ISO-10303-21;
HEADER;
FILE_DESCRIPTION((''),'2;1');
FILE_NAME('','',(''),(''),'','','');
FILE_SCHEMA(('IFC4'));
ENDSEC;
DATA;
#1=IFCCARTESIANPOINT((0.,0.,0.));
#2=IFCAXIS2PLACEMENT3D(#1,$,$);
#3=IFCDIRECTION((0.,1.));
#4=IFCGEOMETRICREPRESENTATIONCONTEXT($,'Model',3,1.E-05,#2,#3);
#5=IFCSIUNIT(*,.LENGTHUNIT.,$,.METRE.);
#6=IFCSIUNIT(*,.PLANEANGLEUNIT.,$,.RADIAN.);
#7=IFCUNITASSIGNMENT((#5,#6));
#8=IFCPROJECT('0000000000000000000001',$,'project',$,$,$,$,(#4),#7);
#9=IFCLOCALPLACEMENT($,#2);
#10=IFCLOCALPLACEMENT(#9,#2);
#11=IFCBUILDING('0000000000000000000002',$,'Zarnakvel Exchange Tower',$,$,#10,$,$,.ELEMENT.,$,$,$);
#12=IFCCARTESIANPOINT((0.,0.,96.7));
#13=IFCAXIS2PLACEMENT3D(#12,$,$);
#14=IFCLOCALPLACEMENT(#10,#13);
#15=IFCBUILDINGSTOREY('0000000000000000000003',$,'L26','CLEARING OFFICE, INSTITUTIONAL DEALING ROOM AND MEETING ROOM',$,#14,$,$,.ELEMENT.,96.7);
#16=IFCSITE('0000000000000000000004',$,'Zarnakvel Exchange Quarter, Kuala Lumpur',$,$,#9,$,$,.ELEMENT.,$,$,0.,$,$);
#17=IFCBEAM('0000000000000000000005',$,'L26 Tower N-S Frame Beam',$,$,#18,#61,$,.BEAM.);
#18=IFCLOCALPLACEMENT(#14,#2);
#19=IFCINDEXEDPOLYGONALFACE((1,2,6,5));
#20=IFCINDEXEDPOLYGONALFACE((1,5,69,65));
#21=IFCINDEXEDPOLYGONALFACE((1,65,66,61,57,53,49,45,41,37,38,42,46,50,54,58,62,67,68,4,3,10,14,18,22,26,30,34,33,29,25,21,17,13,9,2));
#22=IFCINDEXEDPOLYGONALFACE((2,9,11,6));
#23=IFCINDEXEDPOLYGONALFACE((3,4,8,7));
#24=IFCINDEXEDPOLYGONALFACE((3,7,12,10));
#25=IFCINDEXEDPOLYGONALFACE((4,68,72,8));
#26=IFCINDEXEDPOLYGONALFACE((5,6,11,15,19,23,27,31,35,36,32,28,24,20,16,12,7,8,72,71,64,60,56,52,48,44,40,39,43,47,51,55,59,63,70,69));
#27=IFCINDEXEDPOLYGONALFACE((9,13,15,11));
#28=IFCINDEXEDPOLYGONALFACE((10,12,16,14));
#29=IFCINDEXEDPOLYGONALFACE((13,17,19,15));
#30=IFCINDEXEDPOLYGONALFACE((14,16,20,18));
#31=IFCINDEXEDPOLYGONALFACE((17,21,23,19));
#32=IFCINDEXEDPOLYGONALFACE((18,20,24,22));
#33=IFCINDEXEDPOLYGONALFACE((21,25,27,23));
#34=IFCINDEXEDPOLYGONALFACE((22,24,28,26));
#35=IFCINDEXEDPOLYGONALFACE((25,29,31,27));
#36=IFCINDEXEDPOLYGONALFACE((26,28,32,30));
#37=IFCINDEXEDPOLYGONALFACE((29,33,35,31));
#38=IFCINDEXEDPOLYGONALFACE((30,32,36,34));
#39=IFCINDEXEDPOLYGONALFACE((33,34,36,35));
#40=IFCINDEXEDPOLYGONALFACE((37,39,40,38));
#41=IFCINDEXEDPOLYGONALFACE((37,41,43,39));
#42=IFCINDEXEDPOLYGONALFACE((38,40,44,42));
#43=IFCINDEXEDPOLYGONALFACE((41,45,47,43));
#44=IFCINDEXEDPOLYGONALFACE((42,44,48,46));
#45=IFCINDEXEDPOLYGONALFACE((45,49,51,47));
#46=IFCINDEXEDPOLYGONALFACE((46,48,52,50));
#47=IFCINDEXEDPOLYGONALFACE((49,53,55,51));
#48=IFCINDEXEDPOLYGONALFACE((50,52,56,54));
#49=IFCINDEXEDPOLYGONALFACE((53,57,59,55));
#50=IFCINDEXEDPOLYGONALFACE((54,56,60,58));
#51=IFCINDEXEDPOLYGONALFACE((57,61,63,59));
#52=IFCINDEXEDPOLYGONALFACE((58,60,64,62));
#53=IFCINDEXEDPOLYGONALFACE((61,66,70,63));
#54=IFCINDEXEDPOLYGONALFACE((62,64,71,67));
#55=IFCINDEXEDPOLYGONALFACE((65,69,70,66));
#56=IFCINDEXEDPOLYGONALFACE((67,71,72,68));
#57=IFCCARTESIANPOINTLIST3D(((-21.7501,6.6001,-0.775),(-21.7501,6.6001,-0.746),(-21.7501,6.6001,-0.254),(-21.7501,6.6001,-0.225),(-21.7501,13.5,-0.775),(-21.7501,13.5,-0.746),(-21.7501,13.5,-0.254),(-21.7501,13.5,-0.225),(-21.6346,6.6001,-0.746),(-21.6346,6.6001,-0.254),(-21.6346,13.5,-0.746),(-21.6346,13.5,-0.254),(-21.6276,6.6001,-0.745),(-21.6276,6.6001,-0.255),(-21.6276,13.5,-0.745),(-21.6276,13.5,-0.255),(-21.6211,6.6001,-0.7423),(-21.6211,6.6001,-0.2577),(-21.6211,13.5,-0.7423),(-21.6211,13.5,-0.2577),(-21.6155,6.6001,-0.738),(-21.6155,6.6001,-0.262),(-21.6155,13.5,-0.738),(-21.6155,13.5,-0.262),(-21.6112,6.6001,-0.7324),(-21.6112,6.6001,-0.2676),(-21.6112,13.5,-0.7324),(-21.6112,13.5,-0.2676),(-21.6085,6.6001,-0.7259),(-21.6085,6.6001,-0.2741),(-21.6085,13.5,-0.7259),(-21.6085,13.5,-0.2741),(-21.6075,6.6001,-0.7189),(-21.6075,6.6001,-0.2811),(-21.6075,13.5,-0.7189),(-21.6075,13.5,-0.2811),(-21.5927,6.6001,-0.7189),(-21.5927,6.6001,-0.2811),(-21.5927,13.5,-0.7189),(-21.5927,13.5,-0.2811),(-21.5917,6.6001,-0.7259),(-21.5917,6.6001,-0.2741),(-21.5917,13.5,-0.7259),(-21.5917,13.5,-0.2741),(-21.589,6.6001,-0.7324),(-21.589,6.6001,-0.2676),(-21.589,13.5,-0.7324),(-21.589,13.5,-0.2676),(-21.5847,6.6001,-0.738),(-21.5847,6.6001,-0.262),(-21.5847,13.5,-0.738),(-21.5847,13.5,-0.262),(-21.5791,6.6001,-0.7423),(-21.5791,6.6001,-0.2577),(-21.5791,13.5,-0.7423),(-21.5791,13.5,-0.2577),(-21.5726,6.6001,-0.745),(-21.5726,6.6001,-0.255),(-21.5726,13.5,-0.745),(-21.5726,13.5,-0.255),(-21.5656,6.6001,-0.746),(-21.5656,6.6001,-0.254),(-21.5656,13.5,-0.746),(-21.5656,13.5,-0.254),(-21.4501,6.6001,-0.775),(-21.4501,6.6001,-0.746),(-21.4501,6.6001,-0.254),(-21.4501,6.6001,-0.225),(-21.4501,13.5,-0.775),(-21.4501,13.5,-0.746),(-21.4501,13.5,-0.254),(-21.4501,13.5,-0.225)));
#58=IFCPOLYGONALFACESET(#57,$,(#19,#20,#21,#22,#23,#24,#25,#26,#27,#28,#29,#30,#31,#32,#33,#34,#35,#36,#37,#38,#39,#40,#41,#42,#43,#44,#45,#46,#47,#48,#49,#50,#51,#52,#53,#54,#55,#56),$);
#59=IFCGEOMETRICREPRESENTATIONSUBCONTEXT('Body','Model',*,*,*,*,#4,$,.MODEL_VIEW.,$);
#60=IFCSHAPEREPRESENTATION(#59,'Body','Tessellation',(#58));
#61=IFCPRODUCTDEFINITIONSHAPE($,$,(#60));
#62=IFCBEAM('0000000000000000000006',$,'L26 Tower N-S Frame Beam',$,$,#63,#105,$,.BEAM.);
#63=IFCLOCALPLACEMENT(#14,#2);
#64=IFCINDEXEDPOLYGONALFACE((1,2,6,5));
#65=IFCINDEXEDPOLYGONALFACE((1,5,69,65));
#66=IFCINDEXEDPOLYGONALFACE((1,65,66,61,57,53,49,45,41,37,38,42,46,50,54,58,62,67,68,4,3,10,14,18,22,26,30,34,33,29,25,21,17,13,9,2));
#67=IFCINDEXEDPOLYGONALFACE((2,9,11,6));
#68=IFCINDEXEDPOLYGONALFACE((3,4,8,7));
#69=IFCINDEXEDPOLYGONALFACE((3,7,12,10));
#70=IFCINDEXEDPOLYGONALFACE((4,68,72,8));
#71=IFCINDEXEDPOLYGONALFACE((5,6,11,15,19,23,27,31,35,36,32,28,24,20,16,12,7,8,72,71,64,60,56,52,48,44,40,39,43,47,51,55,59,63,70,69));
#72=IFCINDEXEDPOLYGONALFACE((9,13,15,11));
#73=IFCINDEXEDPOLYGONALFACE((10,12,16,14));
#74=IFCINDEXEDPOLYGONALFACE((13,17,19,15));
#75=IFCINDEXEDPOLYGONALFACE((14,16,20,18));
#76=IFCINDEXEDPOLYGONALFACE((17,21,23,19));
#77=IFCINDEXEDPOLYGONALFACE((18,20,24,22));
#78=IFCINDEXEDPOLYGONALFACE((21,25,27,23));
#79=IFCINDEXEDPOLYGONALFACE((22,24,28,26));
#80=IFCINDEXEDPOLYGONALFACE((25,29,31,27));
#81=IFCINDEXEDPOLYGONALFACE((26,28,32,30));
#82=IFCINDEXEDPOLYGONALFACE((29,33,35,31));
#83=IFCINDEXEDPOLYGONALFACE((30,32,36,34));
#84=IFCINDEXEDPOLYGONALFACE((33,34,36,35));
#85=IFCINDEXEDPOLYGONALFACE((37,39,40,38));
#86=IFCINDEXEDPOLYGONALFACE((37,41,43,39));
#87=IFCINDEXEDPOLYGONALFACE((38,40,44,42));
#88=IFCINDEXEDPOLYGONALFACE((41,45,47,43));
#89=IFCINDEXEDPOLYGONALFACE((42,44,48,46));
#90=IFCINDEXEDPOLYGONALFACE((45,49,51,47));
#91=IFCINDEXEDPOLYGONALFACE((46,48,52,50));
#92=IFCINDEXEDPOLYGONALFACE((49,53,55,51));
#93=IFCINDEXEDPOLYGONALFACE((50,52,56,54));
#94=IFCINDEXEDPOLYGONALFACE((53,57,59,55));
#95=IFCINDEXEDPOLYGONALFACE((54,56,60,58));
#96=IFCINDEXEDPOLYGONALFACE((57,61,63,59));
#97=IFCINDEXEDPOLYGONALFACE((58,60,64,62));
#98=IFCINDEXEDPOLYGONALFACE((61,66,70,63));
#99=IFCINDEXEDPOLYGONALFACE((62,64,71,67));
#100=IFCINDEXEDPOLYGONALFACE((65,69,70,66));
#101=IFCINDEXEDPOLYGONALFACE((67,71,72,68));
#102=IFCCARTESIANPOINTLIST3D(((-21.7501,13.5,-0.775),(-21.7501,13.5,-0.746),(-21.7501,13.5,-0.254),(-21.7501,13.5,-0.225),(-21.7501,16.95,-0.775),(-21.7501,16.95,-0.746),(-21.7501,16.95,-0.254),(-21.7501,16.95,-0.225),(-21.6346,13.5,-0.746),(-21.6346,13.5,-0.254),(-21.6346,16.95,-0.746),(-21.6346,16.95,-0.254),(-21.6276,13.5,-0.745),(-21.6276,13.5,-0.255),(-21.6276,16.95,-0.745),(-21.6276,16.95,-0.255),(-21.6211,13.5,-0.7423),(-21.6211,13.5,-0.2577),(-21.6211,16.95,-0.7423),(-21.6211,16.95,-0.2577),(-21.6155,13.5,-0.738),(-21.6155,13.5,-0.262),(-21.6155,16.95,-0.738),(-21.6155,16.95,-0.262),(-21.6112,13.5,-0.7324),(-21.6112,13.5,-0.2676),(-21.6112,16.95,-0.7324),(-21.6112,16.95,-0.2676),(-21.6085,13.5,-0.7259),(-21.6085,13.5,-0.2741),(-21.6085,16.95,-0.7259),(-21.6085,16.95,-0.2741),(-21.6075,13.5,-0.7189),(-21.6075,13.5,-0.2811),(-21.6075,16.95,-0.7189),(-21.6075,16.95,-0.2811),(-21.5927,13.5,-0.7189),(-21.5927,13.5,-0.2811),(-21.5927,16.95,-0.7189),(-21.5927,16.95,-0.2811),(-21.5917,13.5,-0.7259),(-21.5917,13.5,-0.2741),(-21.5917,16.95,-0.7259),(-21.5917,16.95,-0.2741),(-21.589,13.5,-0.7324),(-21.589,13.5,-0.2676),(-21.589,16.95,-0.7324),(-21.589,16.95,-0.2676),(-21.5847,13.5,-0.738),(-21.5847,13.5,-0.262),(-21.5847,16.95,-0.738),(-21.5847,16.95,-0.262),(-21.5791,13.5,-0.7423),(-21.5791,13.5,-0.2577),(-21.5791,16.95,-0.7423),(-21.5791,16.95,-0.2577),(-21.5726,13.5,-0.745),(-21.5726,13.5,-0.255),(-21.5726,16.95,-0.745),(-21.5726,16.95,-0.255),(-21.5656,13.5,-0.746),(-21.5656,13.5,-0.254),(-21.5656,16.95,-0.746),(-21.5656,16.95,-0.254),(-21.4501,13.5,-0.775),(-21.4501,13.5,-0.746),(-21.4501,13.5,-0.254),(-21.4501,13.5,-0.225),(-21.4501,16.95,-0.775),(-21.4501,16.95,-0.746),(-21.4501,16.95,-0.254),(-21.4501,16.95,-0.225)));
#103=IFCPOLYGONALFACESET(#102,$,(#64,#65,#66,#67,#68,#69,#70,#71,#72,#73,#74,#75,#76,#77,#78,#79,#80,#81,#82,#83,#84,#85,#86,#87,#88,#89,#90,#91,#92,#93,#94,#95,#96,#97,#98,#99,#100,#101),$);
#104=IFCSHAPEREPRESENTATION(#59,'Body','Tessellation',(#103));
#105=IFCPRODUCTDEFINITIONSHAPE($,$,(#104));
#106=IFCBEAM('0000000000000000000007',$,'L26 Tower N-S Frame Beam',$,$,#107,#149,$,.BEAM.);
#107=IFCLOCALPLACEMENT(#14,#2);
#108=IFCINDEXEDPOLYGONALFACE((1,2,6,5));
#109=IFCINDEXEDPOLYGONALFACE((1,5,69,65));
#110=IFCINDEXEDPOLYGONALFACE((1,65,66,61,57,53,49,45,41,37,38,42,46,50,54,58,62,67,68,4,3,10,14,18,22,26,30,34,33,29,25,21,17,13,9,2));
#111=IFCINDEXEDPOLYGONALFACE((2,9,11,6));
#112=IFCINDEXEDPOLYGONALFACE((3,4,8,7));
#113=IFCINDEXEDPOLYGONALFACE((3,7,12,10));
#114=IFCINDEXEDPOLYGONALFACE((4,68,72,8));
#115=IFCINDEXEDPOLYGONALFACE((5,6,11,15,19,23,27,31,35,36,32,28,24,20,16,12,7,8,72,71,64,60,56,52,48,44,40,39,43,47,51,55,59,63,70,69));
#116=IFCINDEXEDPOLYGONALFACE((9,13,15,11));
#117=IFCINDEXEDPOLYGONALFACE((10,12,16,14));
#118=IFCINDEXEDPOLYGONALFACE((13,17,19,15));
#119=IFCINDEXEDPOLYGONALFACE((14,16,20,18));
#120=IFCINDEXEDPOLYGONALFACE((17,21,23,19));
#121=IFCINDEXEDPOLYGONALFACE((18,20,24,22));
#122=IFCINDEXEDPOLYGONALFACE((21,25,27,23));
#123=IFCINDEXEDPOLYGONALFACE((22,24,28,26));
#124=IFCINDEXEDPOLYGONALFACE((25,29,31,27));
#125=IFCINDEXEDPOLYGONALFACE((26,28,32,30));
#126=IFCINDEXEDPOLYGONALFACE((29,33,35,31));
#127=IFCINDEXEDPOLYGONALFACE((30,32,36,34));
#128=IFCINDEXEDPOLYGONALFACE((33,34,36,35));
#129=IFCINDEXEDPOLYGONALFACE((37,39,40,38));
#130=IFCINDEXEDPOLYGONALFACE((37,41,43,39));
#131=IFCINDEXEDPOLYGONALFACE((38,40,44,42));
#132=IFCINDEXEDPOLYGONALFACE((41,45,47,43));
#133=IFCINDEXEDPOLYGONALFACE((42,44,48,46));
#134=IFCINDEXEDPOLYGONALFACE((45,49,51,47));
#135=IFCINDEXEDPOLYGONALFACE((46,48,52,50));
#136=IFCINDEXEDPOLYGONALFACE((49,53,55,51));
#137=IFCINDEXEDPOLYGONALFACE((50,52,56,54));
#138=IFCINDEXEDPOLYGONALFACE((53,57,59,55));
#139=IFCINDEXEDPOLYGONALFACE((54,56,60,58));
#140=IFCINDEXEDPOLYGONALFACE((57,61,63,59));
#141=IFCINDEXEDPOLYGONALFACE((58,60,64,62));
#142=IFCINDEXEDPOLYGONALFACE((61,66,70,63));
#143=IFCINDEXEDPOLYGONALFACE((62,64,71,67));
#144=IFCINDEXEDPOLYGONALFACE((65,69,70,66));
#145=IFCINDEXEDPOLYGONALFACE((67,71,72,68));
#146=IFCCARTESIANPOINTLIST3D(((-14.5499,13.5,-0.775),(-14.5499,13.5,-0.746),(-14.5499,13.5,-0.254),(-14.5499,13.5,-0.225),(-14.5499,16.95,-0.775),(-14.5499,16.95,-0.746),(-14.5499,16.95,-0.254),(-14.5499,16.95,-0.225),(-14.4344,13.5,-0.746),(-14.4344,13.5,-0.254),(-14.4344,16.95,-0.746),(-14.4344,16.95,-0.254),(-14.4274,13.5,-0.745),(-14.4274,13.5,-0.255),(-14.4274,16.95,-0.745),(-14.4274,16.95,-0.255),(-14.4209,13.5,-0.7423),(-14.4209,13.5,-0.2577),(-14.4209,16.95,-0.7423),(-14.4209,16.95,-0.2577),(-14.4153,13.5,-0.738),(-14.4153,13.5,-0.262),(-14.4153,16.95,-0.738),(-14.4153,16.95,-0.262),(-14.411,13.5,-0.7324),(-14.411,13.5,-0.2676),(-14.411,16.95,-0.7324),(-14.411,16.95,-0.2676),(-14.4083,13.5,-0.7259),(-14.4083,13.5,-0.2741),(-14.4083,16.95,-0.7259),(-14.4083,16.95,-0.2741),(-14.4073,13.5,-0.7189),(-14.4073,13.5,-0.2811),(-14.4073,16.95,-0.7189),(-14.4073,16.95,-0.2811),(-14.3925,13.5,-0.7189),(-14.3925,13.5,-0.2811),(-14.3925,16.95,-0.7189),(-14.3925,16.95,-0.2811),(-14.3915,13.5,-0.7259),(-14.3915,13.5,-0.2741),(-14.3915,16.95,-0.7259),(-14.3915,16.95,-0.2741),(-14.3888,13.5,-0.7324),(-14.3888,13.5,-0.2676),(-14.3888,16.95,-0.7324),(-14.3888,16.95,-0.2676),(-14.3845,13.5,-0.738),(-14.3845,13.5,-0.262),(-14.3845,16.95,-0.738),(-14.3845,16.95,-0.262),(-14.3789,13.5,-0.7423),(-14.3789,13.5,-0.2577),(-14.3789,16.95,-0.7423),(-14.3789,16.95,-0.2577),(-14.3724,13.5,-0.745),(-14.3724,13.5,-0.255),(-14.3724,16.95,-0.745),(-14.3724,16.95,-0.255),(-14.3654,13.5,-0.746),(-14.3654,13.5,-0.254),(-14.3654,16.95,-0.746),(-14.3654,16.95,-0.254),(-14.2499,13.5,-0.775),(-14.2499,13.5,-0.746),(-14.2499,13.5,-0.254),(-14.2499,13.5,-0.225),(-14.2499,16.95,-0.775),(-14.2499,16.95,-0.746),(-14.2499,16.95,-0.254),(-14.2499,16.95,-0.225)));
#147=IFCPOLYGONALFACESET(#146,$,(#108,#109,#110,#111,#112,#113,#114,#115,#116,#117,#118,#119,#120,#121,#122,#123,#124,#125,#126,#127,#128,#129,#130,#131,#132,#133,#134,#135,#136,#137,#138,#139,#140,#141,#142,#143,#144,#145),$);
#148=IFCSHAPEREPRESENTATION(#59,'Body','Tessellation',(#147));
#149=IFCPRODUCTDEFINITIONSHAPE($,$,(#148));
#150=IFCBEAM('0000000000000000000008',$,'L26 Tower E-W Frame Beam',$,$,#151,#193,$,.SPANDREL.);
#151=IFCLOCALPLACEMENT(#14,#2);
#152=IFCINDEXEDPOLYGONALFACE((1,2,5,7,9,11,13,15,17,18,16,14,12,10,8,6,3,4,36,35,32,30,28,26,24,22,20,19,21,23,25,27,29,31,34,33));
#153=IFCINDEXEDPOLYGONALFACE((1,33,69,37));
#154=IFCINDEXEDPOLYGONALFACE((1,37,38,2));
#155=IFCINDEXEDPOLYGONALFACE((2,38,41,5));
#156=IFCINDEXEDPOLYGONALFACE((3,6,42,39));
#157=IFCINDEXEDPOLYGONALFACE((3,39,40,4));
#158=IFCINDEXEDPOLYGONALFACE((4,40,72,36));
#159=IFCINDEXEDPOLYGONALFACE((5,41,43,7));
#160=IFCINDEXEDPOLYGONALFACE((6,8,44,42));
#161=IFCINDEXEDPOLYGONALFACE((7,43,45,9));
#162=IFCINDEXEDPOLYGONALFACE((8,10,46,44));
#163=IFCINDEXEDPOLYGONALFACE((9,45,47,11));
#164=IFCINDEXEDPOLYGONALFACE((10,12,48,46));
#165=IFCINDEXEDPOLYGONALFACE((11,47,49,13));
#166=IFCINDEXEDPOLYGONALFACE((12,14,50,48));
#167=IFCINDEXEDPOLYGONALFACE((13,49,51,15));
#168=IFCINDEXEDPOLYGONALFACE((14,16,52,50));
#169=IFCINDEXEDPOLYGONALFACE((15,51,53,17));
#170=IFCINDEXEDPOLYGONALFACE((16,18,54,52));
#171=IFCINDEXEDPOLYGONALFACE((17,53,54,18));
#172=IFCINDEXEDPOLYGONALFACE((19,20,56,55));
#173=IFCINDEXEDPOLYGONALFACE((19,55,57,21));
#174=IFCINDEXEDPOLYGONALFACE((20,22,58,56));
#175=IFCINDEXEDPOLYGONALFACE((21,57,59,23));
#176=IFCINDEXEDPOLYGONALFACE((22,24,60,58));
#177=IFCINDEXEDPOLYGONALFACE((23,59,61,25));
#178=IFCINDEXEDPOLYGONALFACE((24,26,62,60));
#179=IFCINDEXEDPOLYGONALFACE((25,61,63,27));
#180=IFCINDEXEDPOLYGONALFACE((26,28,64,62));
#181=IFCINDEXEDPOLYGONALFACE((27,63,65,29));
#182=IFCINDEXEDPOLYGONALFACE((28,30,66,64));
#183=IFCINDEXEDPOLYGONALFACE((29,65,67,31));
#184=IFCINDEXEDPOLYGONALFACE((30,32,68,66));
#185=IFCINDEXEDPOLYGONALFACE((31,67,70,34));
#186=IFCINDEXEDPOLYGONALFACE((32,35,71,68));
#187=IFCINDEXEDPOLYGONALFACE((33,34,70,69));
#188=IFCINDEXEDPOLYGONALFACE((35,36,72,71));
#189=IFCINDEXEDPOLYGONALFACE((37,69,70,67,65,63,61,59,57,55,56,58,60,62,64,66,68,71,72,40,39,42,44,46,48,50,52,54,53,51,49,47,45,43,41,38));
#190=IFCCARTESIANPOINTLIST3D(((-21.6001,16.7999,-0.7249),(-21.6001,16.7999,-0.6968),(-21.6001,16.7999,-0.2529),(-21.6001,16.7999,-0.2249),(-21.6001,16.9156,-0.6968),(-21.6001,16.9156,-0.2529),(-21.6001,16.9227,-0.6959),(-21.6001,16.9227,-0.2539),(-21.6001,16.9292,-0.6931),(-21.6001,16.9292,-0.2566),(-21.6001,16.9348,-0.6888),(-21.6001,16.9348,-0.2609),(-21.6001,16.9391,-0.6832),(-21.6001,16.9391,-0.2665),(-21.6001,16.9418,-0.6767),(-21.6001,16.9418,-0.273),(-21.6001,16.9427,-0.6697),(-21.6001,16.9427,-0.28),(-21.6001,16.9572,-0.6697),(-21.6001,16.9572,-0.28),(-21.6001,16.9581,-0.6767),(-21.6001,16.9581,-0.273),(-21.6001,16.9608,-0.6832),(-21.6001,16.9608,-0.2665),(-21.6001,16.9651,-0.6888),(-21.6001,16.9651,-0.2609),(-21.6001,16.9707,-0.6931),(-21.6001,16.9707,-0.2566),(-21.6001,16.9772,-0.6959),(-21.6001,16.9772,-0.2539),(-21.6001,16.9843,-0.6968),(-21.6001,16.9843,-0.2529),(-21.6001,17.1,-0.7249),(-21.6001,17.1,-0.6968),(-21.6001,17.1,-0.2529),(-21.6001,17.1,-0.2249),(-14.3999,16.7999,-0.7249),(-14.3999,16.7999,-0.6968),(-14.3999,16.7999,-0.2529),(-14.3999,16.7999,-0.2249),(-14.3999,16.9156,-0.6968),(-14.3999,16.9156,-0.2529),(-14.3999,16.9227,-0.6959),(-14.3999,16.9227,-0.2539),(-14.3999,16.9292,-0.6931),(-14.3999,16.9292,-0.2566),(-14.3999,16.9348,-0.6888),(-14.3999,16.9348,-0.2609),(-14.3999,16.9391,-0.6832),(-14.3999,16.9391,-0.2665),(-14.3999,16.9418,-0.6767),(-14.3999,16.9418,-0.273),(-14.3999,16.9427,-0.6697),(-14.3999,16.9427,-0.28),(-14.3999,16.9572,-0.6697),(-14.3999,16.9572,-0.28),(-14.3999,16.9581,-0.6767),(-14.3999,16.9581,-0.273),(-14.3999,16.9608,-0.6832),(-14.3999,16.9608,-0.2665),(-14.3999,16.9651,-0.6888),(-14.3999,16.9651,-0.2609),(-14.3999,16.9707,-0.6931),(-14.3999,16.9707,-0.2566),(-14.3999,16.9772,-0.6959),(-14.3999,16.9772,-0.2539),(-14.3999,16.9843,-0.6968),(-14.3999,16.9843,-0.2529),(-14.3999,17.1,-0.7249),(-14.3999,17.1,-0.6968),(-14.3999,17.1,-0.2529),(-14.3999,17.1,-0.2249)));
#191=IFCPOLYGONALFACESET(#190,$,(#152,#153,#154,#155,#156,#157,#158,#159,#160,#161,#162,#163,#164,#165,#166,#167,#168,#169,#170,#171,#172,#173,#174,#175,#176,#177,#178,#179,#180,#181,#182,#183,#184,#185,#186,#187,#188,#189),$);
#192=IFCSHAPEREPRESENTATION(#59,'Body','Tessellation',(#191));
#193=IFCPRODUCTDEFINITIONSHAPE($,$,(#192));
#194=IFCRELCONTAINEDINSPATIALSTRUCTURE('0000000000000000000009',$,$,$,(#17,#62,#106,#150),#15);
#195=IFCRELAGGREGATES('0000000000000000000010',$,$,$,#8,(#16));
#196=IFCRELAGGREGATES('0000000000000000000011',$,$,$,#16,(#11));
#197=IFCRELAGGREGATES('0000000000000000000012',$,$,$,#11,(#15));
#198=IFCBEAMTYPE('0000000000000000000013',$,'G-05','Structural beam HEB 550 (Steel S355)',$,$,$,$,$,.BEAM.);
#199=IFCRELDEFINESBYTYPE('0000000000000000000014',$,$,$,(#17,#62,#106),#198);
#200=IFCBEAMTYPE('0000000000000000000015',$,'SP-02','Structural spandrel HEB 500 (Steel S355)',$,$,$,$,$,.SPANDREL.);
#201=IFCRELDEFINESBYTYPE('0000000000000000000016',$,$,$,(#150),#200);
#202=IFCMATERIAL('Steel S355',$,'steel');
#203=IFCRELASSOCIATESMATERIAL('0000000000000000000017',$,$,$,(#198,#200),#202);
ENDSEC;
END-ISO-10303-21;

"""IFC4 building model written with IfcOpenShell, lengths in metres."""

from ifc_helpers import new_model, si_unit, direction, frame, origin, origin_2d, place, context, subcontext, project, spatial, i_section, extrude, material, material_profile, profile_set, type_object, element, save


model = new_model("IFC4")

# Units and contexts
model_context = context("Model", 3, precision=1e-05, world=origin(), true_north=direction((0.0, 1.0)))
body_context = subcontext(model_context, "Body", "Model", "MODEL_VIEW")
ifc_project = project(units=[si_unit("LENGTHUNIT", "METRE"), si_unit("PLANEANGLEUNIT", "RADIAN")], contexts=[model_context])

# Site, building, storey
site_placement = place(None, origin())
site = spatial("IfcSite", under=ifc_project, at=site_placement, Name="Zarnakvel Exchange Quarter, Kuala Lumpur", CompositionType="ELEMENT", RefElevation=0.0)
building_placement = place(site_placement, origin())
building = spatial("IfcBuilding", under=site, at=building_placement, Name="Zarnakvel Exchange Tower", CompositionType="ELEMENT")
storey_placement = place(building_placement, frame((0.0, 0.0, 96.7)))
storey = spatial("IfcBuildingStorey", under=building, at=storey_placement, Name="L26", Description="CLEARING OFFICE, INSTITUTIONAL DEALING ROOM AND MEETING ROOM", CompositionType="ELEMENT", Elevation=96.7)

# Beams
ifc_material_1 = material(Name="Steel S355", Category="steel")
ifc_material_profile_1 = material_profile(ifc_material_1, i_section(OverallWidth=0.3, OverallDepth=0.55, WebThickness=0.0149, FlangeThickness=0.0291, FilletRadius=0.0271, at=origin_2d()))
ifc_profile_set_1 = profile_set([ifc_material_profile_1], Name="Steel S355")
beam_type_1 = type_object("IfcBeamType", Name="G-05", Description="Structural beam HEB 550 (Steel S355)", PredefinedType="BEAM", material=ifc_profile_set_1)
beam_1_placement = place(storey_placement, frame((-21.6001, 6.6001, -0.5), z_axis=(0.0, 1.0, 0.0), x_axis=(-1.0, 0.0, 0.0)))
element("IfcBeam", 1, at=beam_1_placement, inside=storey, type_object=beam_type_1, Name="L26 Tower N-S Frame Beam", PredefinedType="BEAM", context=body_context, shape_type="SweptSolid", body=[
    extrude(i_section(OverallWidth=0.3, OverallDepth=0.55, WebThickness=0.0149, FlangeThickness=0.0291, FilletRadius=0.0271, at=origin_2d()), origin(), (0.0, 0.0, 1.0), 6.8999),
])
for number, where, z_axis, x_axis, name in (
    (2, (-21.6001, 13.5, -0.5), (0.0, 1.0, 0.0), (-1.0, 0.0, 0.0), "L26 Tower N-S Frame Beam"),
    (3, (-14.3999, 13.5, -0.5), (0.0, 1.0, 0.0), (-1.0, 0.0, 0.0), "L26 Tower N-S Frame Beam"),
):
    element("IfcBeam", number, at=place(storey_placement, frame(where, z_axis=z_axis, x_axis=x_axis)), inside=storey, type_object=beam_type_1, Name=name, PredefinedType="BEAM", context=body_context, shape_type="SweptSolid", body=[
        extrude(i_section(OverallWidth=0.3, OverallDepth=0.55, WebThickness=0.0149, FlangeThickness=0.0291, FilletRadius=0.0271, at=origin_2d()), origin(), (0.0, 0.0, 1.0), 3.45),
    ])
ifc_material_profile_2 = material_profile(ifc_material_1, i_section(OverallWidth=0.3, OverallDepth=0.5, WebThickness=0.0144, FlangeThickness=0.0281, FilletRadius=0.0271, at=origin_2d()))
ifc_profile_set_2 = profile_set([ifc_material_profile_2], Name="Steel S355")
beam_type_2 = type_object("IfcBeamType", Name="SP-02", Description="Structural spandrel HEB 500 (Steel S355)", PredefinedType="SPANDREL", material=ifc_profile_set_2)
beam_2_placement = place(storey_placement, frame((-21.6001, 16.95, -0.4749), z_axis=(1.0, 0.0, 0.0), x_axis=(0.0, 1.0, 0.0)))
element("IfcBeam", 4, at=beam_2_placement, inside=storey, type_object=beam_type_2, Name="L26 Tower E-W Frame Beam", PredefinedType="SPANDREL", context=body_context, shape_type="SweptSolid", body=[
    extrude(i_section(OverallWidth=0.3, OverallDepth=0.5, WebThickness=0.0144, FlangeThickness=0.0281, FilletRadius=0.0271, at=origin_2d()), origin(), (0.0, 0.0, 1.0), 7.2002),
])

save(model, "model.ifc")
